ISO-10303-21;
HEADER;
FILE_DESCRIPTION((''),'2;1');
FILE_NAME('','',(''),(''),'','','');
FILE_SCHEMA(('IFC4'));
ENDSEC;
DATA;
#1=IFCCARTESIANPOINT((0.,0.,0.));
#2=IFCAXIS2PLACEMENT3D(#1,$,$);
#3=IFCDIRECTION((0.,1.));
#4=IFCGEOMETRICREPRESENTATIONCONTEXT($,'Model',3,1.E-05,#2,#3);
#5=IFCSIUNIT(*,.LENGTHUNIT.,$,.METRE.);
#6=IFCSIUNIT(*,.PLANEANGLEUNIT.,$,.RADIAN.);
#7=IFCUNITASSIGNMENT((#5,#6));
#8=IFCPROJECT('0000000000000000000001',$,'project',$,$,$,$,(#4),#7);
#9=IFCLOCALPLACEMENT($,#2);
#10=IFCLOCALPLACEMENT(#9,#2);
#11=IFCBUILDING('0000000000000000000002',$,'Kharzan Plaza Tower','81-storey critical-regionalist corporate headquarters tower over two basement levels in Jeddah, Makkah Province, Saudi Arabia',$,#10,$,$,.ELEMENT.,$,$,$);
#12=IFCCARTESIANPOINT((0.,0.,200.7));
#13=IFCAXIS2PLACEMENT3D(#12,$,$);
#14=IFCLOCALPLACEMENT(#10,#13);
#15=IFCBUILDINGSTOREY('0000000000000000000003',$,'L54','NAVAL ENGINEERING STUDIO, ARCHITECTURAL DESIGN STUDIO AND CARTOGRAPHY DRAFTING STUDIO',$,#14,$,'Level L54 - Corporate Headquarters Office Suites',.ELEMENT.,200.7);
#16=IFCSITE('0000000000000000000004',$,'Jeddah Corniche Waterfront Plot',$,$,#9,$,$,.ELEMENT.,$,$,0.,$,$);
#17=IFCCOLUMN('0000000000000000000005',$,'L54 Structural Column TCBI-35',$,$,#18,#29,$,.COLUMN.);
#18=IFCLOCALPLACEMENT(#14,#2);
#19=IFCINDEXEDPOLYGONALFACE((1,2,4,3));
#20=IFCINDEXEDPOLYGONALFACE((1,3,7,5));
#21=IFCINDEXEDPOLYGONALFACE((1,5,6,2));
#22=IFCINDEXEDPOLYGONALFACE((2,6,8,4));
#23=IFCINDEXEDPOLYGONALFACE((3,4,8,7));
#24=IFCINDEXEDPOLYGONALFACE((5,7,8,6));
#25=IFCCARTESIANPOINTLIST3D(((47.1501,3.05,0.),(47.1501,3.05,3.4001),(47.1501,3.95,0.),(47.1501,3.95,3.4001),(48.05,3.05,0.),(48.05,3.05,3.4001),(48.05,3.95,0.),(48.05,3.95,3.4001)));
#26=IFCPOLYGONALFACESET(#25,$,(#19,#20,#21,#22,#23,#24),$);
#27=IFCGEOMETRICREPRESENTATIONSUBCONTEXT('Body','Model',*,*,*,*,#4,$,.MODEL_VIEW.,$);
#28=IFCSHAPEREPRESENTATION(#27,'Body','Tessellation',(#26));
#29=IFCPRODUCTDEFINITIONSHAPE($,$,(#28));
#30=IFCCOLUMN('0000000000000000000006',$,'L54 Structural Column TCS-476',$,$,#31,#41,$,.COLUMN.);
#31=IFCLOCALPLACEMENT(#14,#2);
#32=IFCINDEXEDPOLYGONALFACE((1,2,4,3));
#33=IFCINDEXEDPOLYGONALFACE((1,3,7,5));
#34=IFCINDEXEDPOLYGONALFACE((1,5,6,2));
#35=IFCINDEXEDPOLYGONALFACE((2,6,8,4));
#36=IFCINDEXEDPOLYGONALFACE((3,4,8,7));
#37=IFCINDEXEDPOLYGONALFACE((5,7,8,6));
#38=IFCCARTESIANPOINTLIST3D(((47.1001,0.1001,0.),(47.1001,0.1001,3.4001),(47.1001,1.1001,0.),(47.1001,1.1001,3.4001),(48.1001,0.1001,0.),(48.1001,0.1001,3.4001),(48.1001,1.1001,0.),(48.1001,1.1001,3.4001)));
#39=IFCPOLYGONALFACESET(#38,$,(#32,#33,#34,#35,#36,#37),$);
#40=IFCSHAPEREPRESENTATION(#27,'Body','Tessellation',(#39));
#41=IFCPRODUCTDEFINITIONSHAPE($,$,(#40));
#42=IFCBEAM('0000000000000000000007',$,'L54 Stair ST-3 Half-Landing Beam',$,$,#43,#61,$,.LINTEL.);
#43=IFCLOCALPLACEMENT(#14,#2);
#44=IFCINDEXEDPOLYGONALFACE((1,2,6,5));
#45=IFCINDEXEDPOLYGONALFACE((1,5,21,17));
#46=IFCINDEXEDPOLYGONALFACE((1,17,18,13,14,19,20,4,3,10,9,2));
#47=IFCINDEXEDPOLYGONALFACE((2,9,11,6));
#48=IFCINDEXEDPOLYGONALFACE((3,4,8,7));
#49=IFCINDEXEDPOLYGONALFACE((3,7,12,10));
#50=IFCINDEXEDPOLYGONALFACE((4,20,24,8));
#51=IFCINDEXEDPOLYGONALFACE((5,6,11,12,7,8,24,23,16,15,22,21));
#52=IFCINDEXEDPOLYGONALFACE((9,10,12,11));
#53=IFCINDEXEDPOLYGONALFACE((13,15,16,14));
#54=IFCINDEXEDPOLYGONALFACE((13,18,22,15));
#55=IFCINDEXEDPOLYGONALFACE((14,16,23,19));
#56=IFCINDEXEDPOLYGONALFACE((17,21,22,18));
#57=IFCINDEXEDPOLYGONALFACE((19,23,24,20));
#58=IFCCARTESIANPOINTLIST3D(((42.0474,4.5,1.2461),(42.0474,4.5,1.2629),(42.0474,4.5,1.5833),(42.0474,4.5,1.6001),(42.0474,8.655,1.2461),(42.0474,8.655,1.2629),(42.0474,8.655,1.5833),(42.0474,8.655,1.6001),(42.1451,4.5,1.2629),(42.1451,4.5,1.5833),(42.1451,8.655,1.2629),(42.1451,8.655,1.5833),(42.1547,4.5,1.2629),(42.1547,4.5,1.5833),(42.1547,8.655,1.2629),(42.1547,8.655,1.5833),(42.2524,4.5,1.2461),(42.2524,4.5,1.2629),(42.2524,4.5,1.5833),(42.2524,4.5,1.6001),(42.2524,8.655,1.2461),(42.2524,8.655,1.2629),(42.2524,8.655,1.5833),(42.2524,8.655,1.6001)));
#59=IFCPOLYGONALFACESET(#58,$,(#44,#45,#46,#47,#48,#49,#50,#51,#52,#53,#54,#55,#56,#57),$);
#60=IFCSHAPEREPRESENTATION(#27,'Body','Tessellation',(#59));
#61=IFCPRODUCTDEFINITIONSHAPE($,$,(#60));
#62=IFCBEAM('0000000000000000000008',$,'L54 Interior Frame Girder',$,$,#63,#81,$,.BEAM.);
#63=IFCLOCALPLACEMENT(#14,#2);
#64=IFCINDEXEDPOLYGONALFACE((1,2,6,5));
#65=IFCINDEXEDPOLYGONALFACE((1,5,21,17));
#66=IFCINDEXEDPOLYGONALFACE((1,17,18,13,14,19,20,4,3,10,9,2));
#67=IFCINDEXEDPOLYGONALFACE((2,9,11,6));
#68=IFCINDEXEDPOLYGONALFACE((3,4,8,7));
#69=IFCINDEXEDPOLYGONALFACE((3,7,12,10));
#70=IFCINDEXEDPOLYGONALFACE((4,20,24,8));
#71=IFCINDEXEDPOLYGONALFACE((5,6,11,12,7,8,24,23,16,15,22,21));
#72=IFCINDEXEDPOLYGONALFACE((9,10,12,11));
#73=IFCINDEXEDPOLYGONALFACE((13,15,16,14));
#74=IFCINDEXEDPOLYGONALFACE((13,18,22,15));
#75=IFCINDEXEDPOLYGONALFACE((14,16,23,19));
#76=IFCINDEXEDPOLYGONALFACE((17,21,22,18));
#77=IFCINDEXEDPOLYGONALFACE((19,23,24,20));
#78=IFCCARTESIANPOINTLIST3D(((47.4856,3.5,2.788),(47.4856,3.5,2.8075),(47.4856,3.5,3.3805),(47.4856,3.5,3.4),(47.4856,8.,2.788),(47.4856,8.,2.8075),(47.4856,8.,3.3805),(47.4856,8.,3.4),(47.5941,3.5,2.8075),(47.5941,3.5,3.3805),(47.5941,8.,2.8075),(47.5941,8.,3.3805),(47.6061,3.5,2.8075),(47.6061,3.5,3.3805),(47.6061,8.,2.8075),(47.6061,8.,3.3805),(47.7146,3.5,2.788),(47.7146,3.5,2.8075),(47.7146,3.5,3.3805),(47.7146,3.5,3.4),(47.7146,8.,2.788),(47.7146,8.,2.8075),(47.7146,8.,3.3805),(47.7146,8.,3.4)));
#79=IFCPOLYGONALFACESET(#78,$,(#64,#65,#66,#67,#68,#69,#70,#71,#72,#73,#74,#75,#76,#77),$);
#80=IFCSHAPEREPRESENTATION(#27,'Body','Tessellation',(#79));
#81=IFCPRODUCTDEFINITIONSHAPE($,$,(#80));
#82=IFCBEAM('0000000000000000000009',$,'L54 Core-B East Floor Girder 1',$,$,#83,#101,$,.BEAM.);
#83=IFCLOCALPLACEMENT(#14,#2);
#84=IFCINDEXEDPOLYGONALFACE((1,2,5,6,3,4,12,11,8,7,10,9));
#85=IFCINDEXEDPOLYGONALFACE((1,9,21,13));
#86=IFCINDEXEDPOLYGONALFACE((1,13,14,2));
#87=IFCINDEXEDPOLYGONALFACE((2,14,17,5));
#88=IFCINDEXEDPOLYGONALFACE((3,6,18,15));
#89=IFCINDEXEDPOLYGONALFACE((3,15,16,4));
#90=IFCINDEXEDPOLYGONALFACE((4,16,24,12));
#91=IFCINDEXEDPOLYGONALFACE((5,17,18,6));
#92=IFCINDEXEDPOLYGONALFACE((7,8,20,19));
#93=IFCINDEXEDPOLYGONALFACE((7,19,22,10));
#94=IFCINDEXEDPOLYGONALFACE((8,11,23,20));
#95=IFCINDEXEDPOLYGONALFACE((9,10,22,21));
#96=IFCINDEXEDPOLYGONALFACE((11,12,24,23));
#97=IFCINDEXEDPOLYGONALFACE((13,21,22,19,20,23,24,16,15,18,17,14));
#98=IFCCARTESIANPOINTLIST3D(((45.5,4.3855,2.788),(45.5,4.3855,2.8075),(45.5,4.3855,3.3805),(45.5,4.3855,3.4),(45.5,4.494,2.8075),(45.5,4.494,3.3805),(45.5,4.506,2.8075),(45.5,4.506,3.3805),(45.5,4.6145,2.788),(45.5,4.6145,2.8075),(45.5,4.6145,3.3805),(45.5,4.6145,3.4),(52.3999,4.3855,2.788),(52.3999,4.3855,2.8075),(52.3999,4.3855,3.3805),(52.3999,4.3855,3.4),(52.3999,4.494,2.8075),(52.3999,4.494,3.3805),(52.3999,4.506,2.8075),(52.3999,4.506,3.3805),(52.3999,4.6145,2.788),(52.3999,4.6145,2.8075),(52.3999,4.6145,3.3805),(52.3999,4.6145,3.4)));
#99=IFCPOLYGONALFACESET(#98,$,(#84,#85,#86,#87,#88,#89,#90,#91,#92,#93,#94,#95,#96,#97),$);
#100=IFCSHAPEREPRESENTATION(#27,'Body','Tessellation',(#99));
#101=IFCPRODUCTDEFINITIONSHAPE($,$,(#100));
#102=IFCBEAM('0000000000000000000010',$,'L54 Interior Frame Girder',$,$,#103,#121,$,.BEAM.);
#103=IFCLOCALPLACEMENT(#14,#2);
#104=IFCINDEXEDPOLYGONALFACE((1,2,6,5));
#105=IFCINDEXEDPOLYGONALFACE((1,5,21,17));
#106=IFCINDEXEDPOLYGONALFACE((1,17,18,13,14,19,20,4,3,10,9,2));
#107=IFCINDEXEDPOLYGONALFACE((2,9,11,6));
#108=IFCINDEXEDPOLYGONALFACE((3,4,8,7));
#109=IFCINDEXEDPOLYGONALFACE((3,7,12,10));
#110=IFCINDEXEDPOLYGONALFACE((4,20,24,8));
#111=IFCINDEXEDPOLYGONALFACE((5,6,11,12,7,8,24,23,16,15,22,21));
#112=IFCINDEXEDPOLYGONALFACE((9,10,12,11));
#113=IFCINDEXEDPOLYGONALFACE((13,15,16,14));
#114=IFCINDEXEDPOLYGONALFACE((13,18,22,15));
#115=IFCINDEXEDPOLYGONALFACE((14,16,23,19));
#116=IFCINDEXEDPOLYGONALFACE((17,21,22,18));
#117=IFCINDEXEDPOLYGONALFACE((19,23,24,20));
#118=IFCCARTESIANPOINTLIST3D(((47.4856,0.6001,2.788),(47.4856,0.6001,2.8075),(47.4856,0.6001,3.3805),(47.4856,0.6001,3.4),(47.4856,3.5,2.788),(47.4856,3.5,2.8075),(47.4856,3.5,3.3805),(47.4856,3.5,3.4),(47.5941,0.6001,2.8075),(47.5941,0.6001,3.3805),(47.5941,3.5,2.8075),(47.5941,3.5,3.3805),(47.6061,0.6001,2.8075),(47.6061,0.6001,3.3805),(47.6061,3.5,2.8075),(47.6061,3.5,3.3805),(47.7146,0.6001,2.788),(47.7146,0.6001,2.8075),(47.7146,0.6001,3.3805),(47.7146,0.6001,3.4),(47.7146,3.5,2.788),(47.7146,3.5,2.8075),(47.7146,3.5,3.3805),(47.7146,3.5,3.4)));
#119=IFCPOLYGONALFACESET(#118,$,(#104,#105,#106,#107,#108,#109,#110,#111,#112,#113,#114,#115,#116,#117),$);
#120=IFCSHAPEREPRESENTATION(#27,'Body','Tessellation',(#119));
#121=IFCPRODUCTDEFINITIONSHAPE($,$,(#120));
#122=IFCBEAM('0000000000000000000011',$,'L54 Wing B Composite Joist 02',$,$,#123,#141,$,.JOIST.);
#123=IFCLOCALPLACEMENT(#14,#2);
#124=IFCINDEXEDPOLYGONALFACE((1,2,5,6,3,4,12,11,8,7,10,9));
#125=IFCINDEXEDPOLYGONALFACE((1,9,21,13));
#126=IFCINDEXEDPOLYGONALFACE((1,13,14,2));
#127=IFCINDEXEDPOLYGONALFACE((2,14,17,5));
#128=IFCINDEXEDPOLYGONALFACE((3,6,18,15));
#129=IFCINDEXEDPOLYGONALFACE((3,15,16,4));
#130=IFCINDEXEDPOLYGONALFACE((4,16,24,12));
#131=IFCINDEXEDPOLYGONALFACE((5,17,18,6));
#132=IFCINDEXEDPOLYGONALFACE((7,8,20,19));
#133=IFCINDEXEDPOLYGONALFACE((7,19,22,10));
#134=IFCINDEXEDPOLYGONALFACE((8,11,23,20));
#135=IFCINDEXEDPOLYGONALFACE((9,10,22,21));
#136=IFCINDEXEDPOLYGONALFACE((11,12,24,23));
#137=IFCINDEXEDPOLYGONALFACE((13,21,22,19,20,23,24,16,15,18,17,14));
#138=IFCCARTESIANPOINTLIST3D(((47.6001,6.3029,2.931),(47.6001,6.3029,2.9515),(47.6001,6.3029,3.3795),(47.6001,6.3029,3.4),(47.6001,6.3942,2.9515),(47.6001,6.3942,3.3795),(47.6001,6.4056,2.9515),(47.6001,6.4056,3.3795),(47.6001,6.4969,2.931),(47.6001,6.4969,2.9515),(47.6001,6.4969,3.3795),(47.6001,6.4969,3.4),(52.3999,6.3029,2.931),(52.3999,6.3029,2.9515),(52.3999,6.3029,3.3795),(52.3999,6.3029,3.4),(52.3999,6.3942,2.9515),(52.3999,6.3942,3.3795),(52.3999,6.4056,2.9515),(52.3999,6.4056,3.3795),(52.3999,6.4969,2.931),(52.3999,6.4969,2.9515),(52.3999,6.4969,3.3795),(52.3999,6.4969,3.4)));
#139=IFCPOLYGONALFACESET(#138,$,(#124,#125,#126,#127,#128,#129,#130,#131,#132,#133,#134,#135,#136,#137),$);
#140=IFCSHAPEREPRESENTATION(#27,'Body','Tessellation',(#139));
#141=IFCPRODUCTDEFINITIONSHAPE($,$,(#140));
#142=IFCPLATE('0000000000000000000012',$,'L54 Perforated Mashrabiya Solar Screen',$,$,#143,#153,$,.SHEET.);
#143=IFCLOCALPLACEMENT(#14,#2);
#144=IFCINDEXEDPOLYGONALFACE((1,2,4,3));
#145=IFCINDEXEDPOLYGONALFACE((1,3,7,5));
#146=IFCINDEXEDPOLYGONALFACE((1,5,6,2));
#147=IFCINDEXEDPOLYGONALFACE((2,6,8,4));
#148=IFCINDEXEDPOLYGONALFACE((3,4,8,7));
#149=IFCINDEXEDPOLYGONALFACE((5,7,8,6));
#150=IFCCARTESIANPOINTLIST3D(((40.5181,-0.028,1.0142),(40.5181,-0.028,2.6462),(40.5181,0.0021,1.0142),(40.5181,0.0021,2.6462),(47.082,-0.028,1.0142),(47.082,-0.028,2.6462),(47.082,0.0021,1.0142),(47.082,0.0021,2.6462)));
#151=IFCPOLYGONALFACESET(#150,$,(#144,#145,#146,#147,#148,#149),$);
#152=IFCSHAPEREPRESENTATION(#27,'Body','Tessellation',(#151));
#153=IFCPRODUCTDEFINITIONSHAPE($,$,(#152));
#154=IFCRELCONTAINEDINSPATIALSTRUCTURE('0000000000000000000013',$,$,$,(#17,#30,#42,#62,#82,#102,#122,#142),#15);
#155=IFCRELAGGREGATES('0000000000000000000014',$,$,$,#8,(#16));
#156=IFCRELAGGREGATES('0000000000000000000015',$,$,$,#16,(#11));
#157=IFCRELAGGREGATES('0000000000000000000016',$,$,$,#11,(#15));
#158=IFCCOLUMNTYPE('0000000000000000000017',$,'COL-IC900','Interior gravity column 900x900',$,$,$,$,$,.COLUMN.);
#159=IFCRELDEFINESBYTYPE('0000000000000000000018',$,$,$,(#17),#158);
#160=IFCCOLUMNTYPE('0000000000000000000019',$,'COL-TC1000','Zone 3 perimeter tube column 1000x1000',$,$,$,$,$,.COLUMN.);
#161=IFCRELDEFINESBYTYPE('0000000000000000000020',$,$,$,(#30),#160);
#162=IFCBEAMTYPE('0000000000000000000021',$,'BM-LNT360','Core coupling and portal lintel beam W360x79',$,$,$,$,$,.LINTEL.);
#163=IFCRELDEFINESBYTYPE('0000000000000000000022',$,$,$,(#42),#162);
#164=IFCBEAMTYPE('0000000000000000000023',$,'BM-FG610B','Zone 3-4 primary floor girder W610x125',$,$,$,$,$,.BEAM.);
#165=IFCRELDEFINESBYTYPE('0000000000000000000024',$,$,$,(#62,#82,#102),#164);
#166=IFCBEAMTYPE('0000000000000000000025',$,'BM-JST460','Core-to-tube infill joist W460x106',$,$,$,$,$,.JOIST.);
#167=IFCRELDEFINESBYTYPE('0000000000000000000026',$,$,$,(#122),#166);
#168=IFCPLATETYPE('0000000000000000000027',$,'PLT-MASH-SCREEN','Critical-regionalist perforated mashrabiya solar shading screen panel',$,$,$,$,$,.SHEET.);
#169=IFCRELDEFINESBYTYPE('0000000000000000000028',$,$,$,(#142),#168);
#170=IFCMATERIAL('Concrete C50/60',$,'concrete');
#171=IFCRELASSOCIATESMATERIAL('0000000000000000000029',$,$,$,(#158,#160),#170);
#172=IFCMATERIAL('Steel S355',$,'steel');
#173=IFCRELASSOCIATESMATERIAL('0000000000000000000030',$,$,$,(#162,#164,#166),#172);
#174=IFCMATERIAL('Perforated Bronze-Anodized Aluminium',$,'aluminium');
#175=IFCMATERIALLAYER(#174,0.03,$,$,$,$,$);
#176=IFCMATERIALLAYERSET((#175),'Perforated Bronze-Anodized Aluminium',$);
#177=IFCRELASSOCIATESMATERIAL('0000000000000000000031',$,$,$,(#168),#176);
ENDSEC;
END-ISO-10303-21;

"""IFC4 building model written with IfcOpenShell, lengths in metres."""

from ifc_helpers import new_model, si_unit, direction, frame, origin, origin_2d, place, context, subcontext, project, spatial, rectangle, i_section, extrude, source, transform, mapped, material, layer, layer_set, material_profile, profile_set, type_object, element, save


model = new_model("IFC4")

# Units and contexts
model_context = context("Model", 3, precision=1e-05, world=origin(), true_north=direction((0.0, 1.0)))
body_context = subcontext(model_context, "Body", "Model", "MODEL_VIEW")
ifc_project = project(units=[si_unit("LENGTHUNIT", "METRE"), si_unit("PLANEANGLEUNIT", "RADIAN")], contexts=[model_context])

# Site, building, storey
site_placement = place(None, origin())
site = spatial("IfcSite", under=ifc_project, at=site_placement, Name="Jeddah Corniche Waterfront Plot", CompositionType="ELEMENT", RefElevation=0.0)
building_placement = place(site_placement, origin())
building = spatial("IfcBuilding", under=site, at=building_placement, Name="Kharzan Plaza Tower", Description="81-storey critical-regionalist corporate headquarters tower over two basement levels in Jeddah, Makkah Province, Saudi Arabia", CompositionType="ELEMENT")
storey_placement = place(building_placement, frame((0.0, 0.0, 200.7)))
storey = spatial("IfcBuildingStorey", under=building, at=storey_placement, Name="L54", Description="NAVAL ENGINEERING STUDIO, ARCHITECTURAL DESIGN STUDIO AND CARTOGRAPHY DRAFTING STUDIO", LongName="Level L54 - Corporate Headquarters Office Suites", CompositionType="ELEMENT", Elevation=200.7)

# Columns
ifc_material_1 = material(Name="Concrete C50/60", Category="concrete")
ifc_material_profile_1 = material_profile(ifc_material_1, rectangle(XDim=0.8999, YDim=0.8999, at=origin_2d()), Name="RC-IC900x900")
ifc_profile_set_1 = profile_set([ifc_material_profile_1], Name="Concrete C50/60")
column_type_1 = type_object("IfcColumnType", Name="COL-IC900", Description="Interior gravity column 900x900", PredefinedType="COLUMN", material=ifc_profile_set_1)
shared_shape_1 = source(origin(), body_context, "Body", "SweptSolid", [
    extrude(rectangle(XDim=0.8999, YDim=0.8999, at=origin_2d()), origin(), (0.0, 0.0, 1.0), 3.4001),
])
column_1_placement = place(storey_placement, frame((47.6001, 3.5, 0.0), z_axis=(0.0, 0.0, 1.0), x_axis=(1.0, 0.0, 0.0)))
element("IfcColumn", 1, at=column_1_placement, inside=storey, type_object=column_type_1, Name="L54 Structural Column TCBI-35", PredefinedType="COLUMN", context=body_context, shape_type="MappedRepresentation", body=[
    mapped(shared_shape_1, transform((0.0, 0.0, 0.0), x_axis=(1.0, 0.0, 0.0), y_axis=(0.0, 1.0, 0.0), z_axis=(0.0, 0.0, 1.0))),
])
ifc_material_profile_2 = material_profile(ifc_material_1, rectangle(XDim=1.0, YDim=1.0, at=origin_2d()), Name="RC-TC1000x1000")
ifc_profile_set_2 = profile_set([ifc_material_profile_2], Name="Concrete C50/60")
column_type_2 = type_object("IfcColumnType", Name="COL-TC1000", Description="Zone 3 perimeter tube column 1000x1000", PredefinedType="COLUMN", material=ifc_profile_set_2)
shared_shape_2 = source(origin(), body_context, "Body", "SweptSolid", [
    extrude(rectangle(XDim=1.0, YDim=1.0, at=origin_2d()), origin(), (0.0, 0.0, 1.0), 3.4001),
])
column_2_placement = place(storey_placement, frame((47.6001, 0.6001, 0.0), z_axis=(0.0, 0.0, 1.0), x_axis=(1.0, 0.0, 0.0)))
element("IfcColumn", 2, at=column_2_placement, inside=storey, type_object=column_type_2, Name="L54 Structural Column TCS-476", PredefinedType="COLUMN", context=body_context, shape_type="MappedRepresentation", body=[
    mapped(shared_shape_2, transform((0.0, 0.0, 0.0), x_axis=(1.0, 0.0, 0.0), y_axis=(0.0, 1.0, 0.0), z_axis=(0.0, 0.0, 1.0))),
])

# Beams
ifc_material_2 = material(Name="Steel S355", Category="steel")
ifc_material_profile_3 = material_profile(ifc_material_2, i_section(OverallWidth=0.2051, OverallDepth=0.354, WebThickness=0.0095, FlangeThickness=0.0168, at=origin_2d()), Name="W360x79")
ifc_profile_set_3 = profile_set([ifc_material_profile_3], Name="Steel S355")
beam_type_1 = type_object("IfcBeamType", Name="BM-LNT360", Description="Core coupling and portal lintel beam W360x79", PredefinedType="LINTEL", material=ifc_profile_set_3)
shared_shape_3 = source(origin(), body_context, "Body", "SweptSolid", [
    extrude(i_section(OverallWidth=0.2051, OverallDepth=0.354, WebThickness=0.0095, FlangeThickness=0.0168, at=origin_2d()), origin(), (0.0, 0.0, 1.0), 4.155),
])
beam_1_placement = place(storey_placement, frame((42.1499, 4.5, 1.4231), z_axis=(0.0, 1.0, 0.0), x_axis=(-1.0, 0.0, 0.0)))
element("IfcBeam", 3, at=beam_1_placement, inside=storey, type_object=beam_type_1, Name="L54 Stair ST-3 Half-Landing Beam", PredefinedType="LINTEL", context=body_context, shape_type="MappedRepresentation", body=[
    mapped(shared_shape_3, transform((0.0, 0.0, 0.0), x_axis=(1.0, 0.0, 0.0), y_axis=(0.0, 1.0, 0.0), z_axis=(0.0, 0.0, 1.0))),
])
ifc_material_profile_4 = material_profile(ifc_material_2, i_section(OverallWidth=0.229, OverallDepth=0.6121, WebThickness=0.012, FlangeThickness=0.0195, at=origin_2d()), Name="W610x125")
ifc_profile_set_4 = profile_set([ifc_material_profile_4], Name="Steel S355")
beam_type_2 = type_object("IfcBeamType", Name="BM-FG610B", Description="Zone 3-4 primary floor girder W610x125", PredefinedType="BEAM", material=ifc_profile_set_4)
shared_shape_4 = source(origin(), body_context, "Body", "SweptSolid", [
    extrude(i_section(OverallWidth=0.229, OverallDepth=0.6121, WebThickness=0.012, FlangeThickness=0.0195, at=origin_2d()), origin(), (0.0, 0.0, 1.0), 4.5),
])
beam_2_placement = place(storey_placement, frame((47.6001, 3.5, 3.094), z_axis=(0.0, 1.0, 0.0), x_axis=(-1.0, 0.0, 0.0)))
element("IfcBeam", 4, at=beam_2_placement, inside=storey, type_object=beam_type_2, Name="L54 Interior Frame Girder", PredefinedType="BEAM", context=body_context, shape_type="MappedRepresentation", body=[
    mapped(shared_shape_4, transform((0.0, 0.0, 0.0), x_axis=(1.0, 0.0, 0.0), y_axis=(0.0, 1.0, 0.0), z_axis=(0.0, 0.0, 1.0))),
])
shared_shape_5 = source(origin(), body_context, "Body", "SweptSolid", [
    extrude(i_section(OverallWidth=0.229, OverallDepth=0.6121, WebThickness=0.012, FlangeThickness=0.0195, at=origin_2d()), origin(), (0.0, 0.0, 1.0), 6.8999),
])
beam_3_placement = place(storey_placement, frame((45.5, 4.5, 3.094), z_axis=(1.0, 0.0, 0.0), x_axis=(0.0, 1.0, 0.0)))
element("IfcBeam", 5, at=beam_3_placement, inside=storey, type_object=beam_type_2, Name="L54 Core-B East Floor Girder 1", PredefinedType="BEAM", context=body_context, shape_type="MappedRepresentation", body=[
    mapped(shared_shape_5, transform((0.0, 0.0, 0.0), x_axis=(1.0, 0.0, 0.0), y_axis=(0.0, 1.0, 0.0), z_axis=(0.0, 0.0, 1.0))),
])
shared_shape_6 = source(origin(), body_context, "Body", "SweptSolid", [
    extrude(i_section(OverallWidth=0.229, OverallDepth=0.6121, WebThickness=0.012, FlangeThickness=0.0195, at=origin_2d()), origin(), (0.0, 0.0, 1.0), 2.8999),
])
beam_4_placement = place(storey_placement, frame((47.6001, 0.6001, 3.094), z_axis=(0.0, 1.0, 0.0), x_axis=(-1.0, 0.0, 0.0)))
element("IfcBeam", 6, at=beam_4_placement, inside=storey, type_object=beam_type_2, Name="L54 Interior Frame Girder", PredefinedType="BEAM", context=body_context, shape_type="MappedRepresentation", body=[
    mapped(shared_shape_6, transform((0.0, 0.0, 0.0), x_axis=(1.0, 0.0, 0.0), y_axis=(0.0, 1.0, 0.0), z_axis=(0.0, 0.0, 1.0))),
])
ifc_material_profile_5 = material_profile(ifc_material_2, i_section(OverallWidth=0.1941, OverallDepth=0.469, WebThickness=0.0115, FlangeThickness=0.0205, at=origin_2d()), Name="W460x106")
ifc_profile_set_5 = profile_set([ifc_material_profile_5], Name="Steel S355")
beam_type_3 = type_object("IfcBeamType", Name="BM-JST460", Description="Core-to-tube infill joist W460x106", PredefinedType="JOIST", material=ifc_profile_set_5)
shared_shape_7 = source(origin(), body_context, "Body", "SweptSolid", [
    extrude(i_section(OverallWidth=0.1941, OverallDepth=0.469, WebThickness=0.0115, FlangeThickness=0.0205, at=origin_2d()), origin(), (0.0, 0.0, 1.0), 4.7998),
])
beam_5_placement = place(storey_placement, frame((47.6001, 6.3999, 3.1655), z_axis=(1.0, 0.0, 0.0), x_axis=(0.0, 1.0, 0.0)))
element("IfcBeam", 7, at=beam_5_placement, inside=storey, type_object=beam_type_3, Name="L54 Wing B Composite Joist 02", PredefinedType="JOIST", context=body_context, shape_type="MappedRepresentation", body=[
    mapped(shared_shape_7, transform((0.0, 0.0, 0.0), x_axis=(1.0, 0.0, 0.0), y_axis=(0.0, 1.0, 0.0), z_axis=(0.0, 0.0, 1.0))),
])

# Plate
ifc_material_3 = material(Name="Perforated Bronze-Anodized Aluminium", Category="aluminium")
ifc_layer_1 = layer(ifc_material_3, 0.03)
ifc_layer_set_1 = layer_set([ifc_layer_1], Name="Perforated Bronze-Anodized Aluminium")
plate_type = type_object("IfcPlateType", Name="PLT-MASH-SCREEN", Description="Critical-regionalist perforated mashrabiya solar shading screen panel", PredefinedType="SHEET", material=ifc_layer_set_1)
shared_shape_8 = source(origin(), body_context, "Body", "SweptSolid", [
    extrude(rectangle(XDim=6.564, YDim=0.03, at=origin_2d()), origin(), (0.0, 0.0, 1.0), 1.6321),
])
plate_placement = place(storey_placement, frame((43.8, -0.0129, 1.0142), z_axis=(0.0, 0.0, 1.0), x_axis=(1.0, 0.0, 0.0)))
element("IfcPlate", 8, at=plate_placement, inside=storey, type_object=plate_type, Name="L54 Perforated Mashrabiya Solar Screen", PredefinedType="SHEET", context=body_context, shape_type="MappedRepresentation", body=[
    mapped(shared_shape_8, transform((0.0, 0.0, 0.0), x_axis=(1.0, 0.0, 0.0), y_axis=(0.0, 1.0, 0.0), z_axis=(0.0, 0.0, 1.0))),
])

save(model, "model.ifc")
